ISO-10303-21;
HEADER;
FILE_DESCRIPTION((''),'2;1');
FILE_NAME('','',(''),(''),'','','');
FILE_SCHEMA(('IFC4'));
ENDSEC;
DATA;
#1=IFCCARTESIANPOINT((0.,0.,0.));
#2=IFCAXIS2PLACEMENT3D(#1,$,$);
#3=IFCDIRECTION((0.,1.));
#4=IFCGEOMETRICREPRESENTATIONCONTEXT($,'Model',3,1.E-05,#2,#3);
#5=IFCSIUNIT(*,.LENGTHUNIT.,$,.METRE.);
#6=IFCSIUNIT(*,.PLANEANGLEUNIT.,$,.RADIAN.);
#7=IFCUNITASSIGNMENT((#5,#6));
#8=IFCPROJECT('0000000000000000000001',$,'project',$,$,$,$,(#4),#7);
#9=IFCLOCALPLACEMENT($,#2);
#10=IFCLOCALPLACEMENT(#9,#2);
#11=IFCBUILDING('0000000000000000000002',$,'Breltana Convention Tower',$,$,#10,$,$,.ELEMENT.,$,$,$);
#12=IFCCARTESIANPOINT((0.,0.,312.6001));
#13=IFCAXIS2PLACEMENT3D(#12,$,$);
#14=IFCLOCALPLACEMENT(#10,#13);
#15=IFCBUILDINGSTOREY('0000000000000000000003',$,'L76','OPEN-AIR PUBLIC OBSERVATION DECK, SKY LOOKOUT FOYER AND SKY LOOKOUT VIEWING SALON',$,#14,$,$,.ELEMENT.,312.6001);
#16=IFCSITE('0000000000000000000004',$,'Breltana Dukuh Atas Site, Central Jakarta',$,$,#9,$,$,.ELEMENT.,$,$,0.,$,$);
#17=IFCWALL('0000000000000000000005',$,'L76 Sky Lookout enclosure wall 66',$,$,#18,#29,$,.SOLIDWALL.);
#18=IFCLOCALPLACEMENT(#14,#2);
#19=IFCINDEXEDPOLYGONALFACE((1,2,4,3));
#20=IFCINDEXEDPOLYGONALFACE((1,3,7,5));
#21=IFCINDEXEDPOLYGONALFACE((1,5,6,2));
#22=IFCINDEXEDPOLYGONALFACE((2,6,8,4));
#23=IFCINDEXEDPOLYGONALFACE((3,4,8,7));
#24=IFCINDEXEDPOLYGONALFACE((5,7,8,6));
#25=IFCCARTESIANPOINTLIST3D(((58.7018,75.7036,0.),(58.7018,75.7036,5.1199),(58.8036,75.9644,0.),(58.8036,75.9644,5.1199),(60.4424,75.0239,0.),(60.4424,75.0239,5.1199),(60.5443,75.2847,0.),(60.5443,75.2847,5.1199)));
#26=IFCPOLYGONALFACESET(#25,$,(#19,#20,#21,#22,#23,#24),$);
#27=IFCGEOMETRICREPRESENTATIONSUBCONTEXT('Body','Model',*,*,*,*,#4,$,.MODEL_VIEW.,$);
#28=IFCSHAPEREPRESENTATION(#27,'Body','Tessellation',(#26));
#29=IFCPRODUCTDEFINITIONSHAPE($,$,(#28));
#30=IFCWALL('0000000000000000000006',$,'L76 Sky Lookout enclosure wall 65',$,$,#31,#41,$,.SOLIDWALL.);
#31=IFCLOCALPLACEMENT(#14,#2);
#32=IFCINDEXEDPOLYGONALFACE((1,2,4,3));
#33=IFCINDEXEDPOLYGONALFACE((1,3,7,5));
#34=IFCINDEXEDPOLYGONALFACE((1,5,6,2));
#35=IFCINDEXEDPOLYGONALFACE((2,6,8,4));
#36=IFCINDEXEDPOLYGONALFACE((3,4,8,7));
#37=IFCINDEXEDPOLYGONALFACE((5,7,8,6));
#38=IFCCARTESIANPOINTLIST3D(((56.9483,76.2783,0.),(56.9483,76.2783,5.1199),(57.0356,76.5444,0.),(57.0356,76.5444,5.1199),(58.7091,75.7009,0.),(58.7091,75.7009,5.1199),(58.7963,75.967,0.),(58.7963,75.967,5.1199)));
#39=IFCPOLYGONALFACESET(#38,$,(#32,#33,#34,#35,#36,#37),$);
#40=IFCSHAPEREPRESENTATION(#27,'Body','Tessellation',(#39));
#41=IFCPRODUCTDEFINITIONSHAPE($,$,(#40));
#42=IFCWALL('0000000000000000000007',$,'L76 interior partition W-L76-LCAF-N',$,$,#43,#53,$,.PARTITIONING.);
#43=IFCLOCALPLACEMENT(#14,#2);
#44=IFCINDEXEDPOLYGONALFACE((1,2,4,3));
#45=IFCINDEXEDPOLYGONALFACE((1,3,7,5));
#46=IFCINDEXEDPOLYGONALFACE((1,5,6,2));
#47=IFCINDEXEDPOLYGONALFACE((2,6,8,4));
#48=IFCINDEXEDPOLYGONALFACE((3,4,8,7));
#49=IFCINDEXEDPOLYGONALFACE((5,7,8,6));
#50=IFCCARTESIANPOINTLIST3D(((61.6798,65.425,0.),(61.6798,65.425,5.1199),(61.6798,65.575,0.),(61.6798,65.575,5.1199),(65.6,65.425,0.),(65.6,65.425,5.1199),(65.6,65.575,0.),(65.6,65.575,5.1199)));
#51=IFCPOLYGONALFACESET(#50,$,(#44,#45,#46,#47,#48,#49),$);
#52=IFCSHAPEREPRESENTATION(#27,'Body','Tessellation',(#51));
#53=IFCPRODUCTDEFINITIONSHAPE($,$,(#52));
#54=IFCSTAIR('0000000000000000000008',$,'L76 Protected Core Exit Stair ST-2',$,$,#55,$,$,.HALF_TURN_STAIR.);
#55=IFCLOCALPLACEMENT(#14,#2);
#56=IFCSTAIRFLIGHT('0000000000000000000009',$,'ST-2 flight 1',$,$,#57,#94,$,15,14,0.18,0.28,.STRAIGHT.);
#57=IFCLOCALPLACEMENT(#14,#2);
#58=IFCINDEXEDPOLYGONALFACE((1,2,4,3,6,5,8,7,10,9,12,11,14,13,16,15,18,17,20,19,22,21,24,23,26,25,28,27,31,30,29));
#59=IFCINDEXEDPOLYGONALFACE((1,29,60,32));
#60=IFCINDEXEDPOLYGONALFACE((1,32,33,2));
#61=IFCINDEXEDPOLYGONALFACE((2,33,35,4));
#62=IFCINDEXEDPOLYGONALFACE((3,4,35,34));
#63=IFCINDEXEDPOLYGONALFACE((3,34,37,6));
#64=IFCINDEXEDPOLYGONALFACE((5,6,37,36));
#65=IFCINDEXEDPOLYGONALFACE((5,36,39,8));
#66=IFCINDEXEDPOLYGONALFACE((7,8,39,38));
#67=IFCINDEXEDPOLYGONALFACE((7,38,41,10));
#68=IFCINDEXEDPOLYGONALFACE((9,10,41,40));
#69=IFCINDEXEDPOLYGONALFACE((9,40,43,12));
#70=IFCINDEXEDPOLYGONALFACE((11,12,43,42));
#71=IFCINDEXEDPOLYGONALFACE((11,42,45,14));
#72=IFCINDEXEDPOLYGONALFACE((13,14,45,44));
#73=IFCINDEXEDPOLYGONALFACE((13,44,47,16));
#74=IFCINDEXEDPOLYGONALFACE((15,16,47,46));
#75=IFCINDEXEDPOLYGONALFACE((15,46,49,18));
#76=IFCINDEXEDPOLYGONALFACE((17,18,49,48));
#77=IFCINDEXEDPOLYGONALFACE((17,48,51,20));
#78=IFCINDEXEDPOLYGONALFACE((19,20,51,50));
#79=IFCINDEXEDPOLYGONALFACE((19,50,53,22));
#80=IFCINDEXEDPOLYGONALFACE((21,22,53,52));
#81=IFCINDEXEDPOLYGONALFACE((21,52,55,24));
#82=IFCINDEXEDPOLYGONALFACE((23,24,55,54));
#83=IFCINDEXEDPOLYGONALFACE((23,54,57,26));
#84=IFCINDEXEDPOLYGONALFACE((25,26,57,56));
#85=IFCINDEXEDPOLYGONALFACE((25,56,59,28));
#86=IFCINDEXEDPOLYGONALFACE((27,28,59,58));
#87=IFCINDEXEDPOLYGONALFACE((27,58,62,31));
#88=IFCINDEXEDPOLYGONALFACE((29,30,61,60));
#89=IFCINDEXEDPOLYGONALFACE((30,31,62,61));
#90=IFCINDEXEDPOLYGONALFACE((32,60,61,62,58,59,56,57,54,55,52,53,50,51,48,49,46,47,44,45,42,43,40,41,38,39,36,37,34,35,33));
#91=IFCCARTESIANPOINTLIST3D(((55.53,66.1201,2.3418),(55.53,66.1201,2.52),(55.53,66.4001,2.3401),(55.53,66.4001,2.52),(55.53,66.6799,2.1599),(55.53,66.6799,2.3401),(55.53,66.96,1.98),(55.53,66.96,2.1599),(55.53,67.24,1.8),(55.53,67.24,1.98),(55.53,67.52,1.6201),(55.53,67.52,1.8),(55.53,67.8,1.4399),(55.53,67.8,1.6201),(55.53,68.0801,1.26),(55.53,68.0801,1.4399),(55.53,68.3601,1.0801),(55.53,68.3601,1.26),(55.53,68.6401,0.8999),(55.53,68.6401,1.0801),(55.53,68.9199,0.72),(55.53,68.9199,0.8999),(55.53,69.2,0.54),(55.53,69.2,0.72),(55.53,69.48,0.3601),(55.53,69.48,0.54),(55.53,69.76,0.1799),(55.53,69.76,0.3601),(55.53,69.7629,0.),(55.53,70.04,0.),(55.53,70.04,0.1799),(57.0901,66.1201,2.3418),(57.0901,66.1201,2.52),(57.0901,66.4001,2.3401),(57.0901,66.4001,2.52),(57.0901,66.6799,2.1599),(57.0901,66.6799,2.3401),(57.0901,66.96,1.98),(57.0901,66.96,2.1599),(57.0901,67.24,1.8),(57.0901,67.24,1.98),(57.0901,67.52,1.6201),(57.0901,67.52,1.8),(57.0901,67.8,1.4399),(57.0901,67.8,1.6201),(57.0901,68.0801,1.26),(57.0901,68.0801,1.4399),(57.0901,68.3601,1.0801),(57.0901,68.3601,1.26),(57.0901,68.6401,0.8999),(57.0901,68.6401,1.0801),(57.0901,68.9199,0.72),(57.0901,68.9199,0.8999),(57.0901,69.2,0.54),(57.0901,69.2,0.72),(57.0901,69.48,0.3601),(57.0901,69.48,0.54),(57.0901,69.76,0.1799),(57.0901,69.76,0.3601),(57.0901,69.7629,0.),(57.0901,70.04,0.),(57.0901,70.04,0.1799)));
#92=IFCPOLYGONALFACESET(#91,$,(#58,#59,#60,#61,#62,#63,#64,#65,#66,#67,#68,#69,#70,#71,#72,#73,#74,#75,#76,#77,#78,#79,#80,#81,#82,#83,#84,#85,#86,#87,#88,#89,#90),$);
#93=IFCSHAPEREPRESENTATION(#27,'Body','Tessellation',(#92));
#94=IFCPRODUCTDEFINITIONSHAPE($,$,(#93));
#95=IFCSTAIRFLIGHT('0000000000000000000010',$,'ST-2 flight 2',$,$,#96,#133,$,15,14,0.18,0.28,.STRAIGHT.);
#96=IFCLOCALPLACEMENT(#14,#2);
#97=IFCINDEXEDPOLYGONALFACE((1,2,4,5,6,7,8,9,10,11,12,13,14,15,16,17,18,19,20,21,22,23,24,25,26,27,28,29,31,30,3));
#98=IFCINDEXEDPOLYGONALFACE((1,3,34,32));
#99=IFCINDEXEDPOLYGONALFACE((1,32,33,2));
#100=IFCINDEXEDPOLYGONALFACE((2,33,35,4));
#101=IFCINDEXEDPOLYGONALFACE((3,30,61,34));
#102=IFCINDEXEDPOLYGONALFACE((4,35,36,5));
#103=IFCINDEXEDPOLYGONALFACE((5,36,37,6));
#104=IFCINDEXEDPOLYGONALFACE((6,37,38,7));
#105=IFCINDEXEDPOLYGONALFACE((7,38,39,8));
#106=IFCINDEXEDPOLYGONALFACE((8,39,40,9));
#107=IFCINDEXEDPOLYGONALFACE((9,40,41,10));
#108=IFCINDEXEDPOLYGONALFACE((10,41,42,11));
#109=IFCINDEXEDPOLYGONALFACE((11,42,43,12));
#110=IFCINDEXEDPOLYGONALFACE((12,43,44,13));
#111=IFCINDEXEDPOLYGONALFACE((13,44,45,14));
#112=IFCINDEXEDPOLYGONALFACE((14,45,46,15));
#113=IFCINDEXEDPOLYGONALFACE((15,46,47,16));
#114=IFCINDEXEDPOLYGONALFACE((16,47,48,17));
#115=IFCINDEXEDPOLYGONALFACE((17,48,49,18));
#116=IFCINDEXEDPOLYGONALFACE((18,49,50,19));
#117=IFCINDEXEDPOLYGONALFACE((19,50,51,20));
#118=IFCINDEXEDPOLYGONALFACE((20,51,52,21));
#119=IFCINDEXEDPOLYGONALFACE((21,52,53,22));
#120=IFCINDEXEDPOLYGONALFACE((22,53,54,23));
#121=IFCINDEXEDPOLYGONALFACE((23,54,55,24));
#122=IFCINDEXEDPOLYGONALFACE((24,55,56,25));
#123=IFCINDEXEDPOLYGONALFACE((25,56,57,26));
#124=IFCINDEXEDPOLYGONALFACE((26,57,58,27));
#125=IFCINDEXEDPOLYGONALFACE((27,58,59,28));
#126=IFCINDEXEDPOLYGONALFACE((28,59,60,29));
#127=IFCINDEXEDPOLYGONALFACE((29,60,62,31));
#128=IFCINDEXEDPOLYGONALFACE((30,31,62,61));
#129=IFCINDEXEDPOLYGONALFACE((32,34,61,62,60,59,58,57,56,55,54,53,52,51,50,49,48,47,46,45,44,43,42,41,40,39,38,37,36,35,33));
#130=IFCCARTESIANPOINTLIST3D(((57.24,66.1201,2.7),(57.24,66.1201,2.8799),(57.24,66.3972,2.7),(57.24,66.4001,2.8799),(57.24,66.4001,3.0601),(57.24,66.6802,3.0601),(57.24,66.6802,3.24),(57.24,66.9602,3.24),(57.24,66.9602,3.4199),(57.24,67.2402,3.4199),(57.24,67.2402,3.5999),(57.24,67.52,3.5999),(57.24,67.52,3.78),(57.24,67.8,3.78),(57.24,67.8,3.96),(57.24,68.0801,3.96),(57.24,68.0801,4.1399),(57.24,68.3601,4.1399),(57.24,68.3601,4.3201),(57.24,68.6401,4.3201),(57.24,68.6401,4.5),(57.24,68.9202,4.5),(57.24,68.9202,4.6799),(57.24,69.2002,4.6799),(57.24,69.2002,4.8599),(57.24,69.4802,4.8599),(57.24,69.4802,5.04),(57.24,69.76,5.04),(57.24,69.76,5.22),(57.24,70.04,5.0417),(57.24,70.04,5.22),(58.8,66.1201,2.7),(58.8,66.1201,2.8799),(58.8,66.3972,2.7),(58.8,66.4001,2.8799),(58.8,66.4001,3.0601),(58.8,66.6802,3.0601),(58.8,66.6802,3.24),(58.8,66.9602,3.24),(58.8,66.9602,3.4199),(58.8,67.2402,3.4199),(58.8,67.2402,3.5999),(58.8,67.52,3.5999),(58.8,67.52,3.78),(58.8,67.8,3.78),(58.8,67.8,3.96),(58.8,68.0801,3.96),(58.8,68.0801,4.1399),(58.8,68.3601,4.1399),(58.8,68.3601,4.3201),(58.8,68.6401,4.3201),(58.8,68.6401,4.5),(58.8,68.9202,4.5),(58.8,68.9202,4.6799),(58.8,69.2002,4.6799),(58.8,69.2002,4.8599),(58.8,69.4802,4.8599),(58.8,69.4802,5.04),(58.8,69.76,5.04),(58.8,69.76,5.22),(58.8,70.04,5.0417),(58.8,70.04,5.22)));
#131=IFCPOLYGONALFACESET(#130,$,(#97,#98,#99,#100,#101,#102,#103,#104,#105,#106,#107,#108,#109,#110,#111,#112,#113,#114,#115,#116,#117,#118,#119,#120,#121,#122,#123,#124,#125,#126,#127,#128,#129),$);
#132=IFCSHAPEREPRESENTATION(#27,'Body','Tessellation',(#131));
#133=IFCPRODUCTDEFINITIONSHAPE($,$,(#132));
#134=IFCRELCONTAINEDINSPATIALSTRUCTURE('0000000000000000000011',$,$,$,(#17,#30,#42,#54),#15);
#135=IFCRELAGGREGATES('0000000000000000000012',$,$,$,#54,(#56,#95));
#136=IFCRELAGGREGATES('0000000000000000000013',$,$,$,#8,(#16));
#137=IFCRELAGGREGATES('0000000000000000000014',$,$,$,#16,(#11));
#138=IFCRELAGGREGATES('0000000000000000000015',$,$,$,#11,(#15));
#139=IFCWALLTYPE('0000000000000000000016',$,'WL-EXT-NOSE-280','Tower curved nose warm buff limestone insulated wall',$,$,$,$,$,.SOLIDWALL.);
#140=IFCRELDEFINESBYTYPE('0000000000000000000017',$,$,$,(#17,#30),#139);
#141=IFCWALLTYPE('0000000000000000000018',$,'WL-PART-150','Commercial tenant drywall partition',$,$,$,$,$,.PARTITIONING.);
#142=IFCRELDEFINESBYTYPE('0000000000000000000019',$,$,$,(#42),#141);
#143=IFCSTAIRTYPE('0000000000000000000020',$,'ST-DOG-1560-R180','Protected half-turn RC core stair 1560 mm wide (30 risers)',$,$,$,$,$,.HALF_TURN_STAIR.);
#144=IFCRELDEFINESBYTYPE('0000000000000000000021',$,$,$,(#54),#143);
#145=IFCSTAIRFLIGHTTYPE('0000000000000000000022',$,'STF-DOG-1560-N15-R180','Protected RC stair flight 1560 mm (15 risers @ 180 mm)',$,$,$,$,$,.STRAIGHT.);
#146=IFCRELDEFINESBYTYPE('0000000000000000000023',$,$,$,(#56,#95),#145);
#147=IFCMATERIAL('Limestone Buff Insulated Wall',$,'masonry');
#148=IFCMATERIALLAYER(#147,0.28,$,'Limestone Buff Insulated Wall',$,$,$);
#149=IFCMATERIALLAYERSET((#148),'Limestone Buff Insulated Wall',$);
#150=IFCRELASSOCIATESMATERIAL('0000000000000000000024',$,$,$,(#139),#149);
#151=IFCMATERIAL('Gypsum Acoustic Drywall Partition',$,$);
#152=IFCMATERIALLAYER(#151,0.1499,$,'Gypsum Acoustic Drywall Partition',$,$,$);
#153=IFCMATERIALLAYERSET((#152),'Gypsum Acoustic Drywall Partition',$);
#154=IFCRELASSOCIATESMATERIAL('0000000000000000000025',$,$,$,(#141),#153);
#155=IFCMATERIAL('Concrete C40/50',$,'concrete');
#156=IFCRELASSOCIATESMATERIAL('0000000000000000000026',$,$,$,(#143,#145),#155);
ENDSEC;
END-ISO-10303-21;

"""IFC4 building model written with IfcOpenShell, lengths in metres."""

from ifc_helpers import new_model, si_unit, direction, frame, frame_2d, origin, place, context, subcontext, project, spatial, polyline, rectangle, outline, extrude, source, transform, mapped, material, layer, layer_set, type_object, element, aggregate, save


model = new_model("IFC4")

# Units and contexts
model_context = context("Model", 3, precision=1e-05, world=origin(), true_north=direction((0.0, 1.0)))
body_context = subcontext(model_context, "Body", "Model", "MODEL_VIEW")
ifc_project = project(units=[si_unit("LENGTHUNIT", "METRE"), si_unit("PLANEANGLEUNIT", "RADIAN")], contexts=[model_context])

# Site, building, storey
site_placement = place(None, origin())
site = spatial("IfcSite", under=ifc_project, at=site_placement, Name="Breltana Dukuh Atas Site, Central Jakarta", CompositionType="ELEMENT", RefElevation=0.0)
building_placement = place(site_placement, origin())
building = spatial("IfcBuilding", under=site, at=building_placement, Name="Breltana Convention Tower", CompositionType="ELEMENT")
storey_placement = place(building_placement, frame((0.0, 0.0, 312.6001)))
storey = spatial("IfcBuildingStorey", under=building, at=storey_placement, Name="L76", Description="OPEN-AIR PUBLIC OBSERVATION DECK, SKY LOOKOUT FOYER AND SKY LOOKOUT VIEWING SALON", CompositionType="ELEMENT", Elevation=312.6001)

# Shared definitions
ifc_material_1 = material(Name="Limestone Buff Insulated Wall", Category="masonry")
ifc_layer_1 = layer(ifc_material_1, 0.28, Name="Limestone Buff Insulated Wall")
ifc_layer_set_1 = layer_set([ifc_layer_1], Name="Limestone Buff Insulated Wall")
wall_type_1 = type_object("IfcWallType", Name="WL-EXT-NOSE-280", Description="Tower curved nose warm buff limestone insulated wall", PredefinedType="SOLIDWALL", material=ifc_layer_set_1)

# Walls
shared_shape_1 = source(origin(), body_context, "Body", "SweptSolid", [
    extrude(rectangle(XDim=1.8687, YDim=0.28, at=frame_2d((0.9343, 0.0))), origin(), (0.0, 0.0, 1.0), 5.1199),
])
wall_1_placement = place(storey_placement, frame((58.7527, 75.834, 0.0), z_axis=(0.0, 0.0, 1.0), x_axis=(0.931509, -0.363719, 0.0)))
element("IfcWall", 1, at=wall_1_placement, inside=storey, type_object=wall_type_1, Name="L76 Sky Lookout enclosure wall 66", PredefinedType="SOLIDWALL", context=body_context, shape_type="MappedRepresentation", body=[
    mapped(shared_shape_1, transform((0.0, 0.0, 0.0), scale=1.0)),
])
shared_shape_2 = source(origin(), body_context, "Body", "SweptSolid", [
    extrude(rectangle(XDim=1.853, YDim=0.28, at=frame_2d((0.9265, 0.0))), origin(), (0.0, 0.0, 1.0), 5.1199),
])
wall_2_placement = place(storey_placement, frame((56.9919, 76.4114, 0.0), z_axis=(0.0, 0.0, 1.0), x_axis=(0.950214, -0.311599, 0.0)))
element("IfcWall", 2, at=wall_2_placement, inside=storey, type_object=wall_type_1, Name="L76 Sky Lookout enclosure wall 65", PredefinedType="SOLIDWALL", context=body_context, shape_type="MappedRepresentation", body=[
    mapped(shared_shape_2, transform((0.0, 0.0, 0.0), scale=1.0)),
])
ifc_material_2 = material(Name="Gypsum Acoustic Drywall Partition")
ifc_layer_2 = layer(ifc_material_2, 0.1499, Name="Gypsum Acoustic Drywall Partition")
ifc_layer_set_2 = layer_set([ifc_layer_2], Name="Gypsum Acoustic Drywall Partition")
wall_type_2 = type_object("IfcWallType", Name="WL-PART-150", Description="Commercial tenant drywall partition", PredefinedType="PARTITIONING", material=ifc_layer_set_2)
shared_shape_3 = source(origin(), body_context, "Body", "SweptSolid", [
    extrude(rectangle(XDim=3.9202, YDim=0.1499, at=frame_2d((1.96, 0.0))), origin(), (0.0, 0.0, 1.0), 5.1199),
])
wall_3_placement = place(storey_placement, frame((61.6799, 65.5, 0.0), z_axis=(0.0, 0.0, 1.0), x_axis=(1.0, 0.0, 0.0)))
element("IfcWall", 3, at=wall_3_placement, inside=storey, type_object=wall_type_2, Name="L76 interior partition W-L76-LCAF-N", PredefinedType="PARTITIONING", context=body_context, shape_type="MappedRepresentation", body=[
    mapped(shared_shape_3, transform((0.0, 0.0, 0.0), scale=1.0)),
])

# Stair, stair flights
ifc_material_3 = material(Name="Concrete C40/50", Category="concrete")
stair_type = type_object("IfcStairType", Name="ST-DOG-1560-R180", Description="Protected half-turn RC core stair 1560 mm wide (30 risers)", PredefinedType="HALF_TURN_STAIR", material=ifc_material_3)
stair_placement = place(storey_placement, origin())
stair = element("IfcStair", 4, at=stair_placement, inside=storey, type_object=stair_type, Name="L76 Protected Core Exit Stair ST-2", PredefinedType="HALF_TURN_STAIR")
stair_flight_type = type_object("IfcStairFlightType", Name="STF-DOG-1560-N15-R180", Description="Protected RC stair flight 1560 mm (15 risers @ 180 mm)", PredefinedType="STRAIGHT", material=ifc_material_3)
stair_flight_1_placement = place(storey_placement, frame((56.3101, 70.04, 0.0), z_axis=(0.0, 0.0, 1.0), x_axis=(0.0, -1.0, 0.0)))
stair_flight_1 = element("IfcStairFlight", 5, at=stair_flight_1_placement, type_object=stair_flight_type, Name="ST-2 flight 1", NumberOfRisers=15, NumberOfTreads=14, PredefinedType="STRAIGHT", RiserHeight=0.18, TreadLength=0.28, context=body_context, shape_type="SweptSolid", body=[
    extrude(outline(polyline([(0.0, 0.0), (0.0, 0.1799), (0.28, 0.1799), (0.28, 0.3601), (0.5601, 0.3601), (0.5601, 0.54), (0.8401, 0.54), (0.8401, 0.72), (1.1201, 0.72), (1.1201, 0.8999), (1.3999, 0.8999), (1.3999, 1.0801), (1.6799, 1.0801), (1.6799, 1.26), (1.96, 1.26), (1.96, 1.4399), (2.24, 1.4399), (2.24, 1.6201), (2.52, 1.6201), (2.52, 1.8), (2.8, 1.8), (2.8, 1.98), (3.0801, 1.98), (3.0801, 2.1599), (3.3601, 2.1599), (3.3601, 2.3401), (3.6399, 2.3401), (3.6399, 2.52), (3.9199, 2.52), (3.9199, 2.7), (3.9199, 2.3418), (0.2771, 0.0), (0.0, 0.0)])), frame((0.0, 0.78, 0.0), z_axis=(0.0, -1.0, 0.0), x_axis=(1.0, 0.0, 0.0)), (0.0, 0.0, 1.0), 1.5601),
])
stair_flight_2_placement = place(storey_placement, frame((58.02, 66.1201, 2.7), z_axis=(0.0, 0.0, 1.0), x_axis=(0.0, 1.0, 0.0)))
stair_flight_2 = element("IfcStairFlight", 6, at=stair_flight_2_placement, type_object=stair_flight_type, Name="ST-2 flight 2", NumberOfRisers=15, NumberOfTreads=14, PredefinedType="STRAIGHT", RiserHeight=0.18, TreadLength=0.28, context=body_context, shape_type="SweptSolid", body=[
    extrude(outline(polyline([(0.0, 0.0), (0.0, 0.1799), (0.28, 0.1799), (0.28, 0.3601), (0.5601, 0.3601), (0.5601, 0.54), (0.8401, 0.54), (0.8401, 0.72), (1.1201, 0.72), (1.1201, 0.8999), (1.3999, 0.8999), (1.3999, 1.0801), (1.6799, 1.0801), (1.6799, 1.26), (1.96, 1.26), (1.96, 1.4399), (2.24, 1.4399), (2.24, 1.6201), (2.52, 1.6201), (2.52, 1.8), (2.8, 1.8), (2.8, 1.98), (3.0801, 1.98), (3.0801, 2.1599), (3.3601, 2.1599), (3.3601, 2.3401), (3.6399, 2.3401), (3.6399, 2.52), (3.9199, 2.52), (3.9199, 2.7), (3.9199, 2.3418), (0.2771, 0.0), (0.0, 0.0)])), frame((0.0, 0.78, 0.0), z_axis=(0.0, -1.0, 0.0), x_axis=(1.0, 0.0, 0.0)), (0.0, 0.0, 1.0), 1.5601),
])
aggregate(stair, [stair_flight_1, stair_flight_2])

save(model, "model.ifc")
